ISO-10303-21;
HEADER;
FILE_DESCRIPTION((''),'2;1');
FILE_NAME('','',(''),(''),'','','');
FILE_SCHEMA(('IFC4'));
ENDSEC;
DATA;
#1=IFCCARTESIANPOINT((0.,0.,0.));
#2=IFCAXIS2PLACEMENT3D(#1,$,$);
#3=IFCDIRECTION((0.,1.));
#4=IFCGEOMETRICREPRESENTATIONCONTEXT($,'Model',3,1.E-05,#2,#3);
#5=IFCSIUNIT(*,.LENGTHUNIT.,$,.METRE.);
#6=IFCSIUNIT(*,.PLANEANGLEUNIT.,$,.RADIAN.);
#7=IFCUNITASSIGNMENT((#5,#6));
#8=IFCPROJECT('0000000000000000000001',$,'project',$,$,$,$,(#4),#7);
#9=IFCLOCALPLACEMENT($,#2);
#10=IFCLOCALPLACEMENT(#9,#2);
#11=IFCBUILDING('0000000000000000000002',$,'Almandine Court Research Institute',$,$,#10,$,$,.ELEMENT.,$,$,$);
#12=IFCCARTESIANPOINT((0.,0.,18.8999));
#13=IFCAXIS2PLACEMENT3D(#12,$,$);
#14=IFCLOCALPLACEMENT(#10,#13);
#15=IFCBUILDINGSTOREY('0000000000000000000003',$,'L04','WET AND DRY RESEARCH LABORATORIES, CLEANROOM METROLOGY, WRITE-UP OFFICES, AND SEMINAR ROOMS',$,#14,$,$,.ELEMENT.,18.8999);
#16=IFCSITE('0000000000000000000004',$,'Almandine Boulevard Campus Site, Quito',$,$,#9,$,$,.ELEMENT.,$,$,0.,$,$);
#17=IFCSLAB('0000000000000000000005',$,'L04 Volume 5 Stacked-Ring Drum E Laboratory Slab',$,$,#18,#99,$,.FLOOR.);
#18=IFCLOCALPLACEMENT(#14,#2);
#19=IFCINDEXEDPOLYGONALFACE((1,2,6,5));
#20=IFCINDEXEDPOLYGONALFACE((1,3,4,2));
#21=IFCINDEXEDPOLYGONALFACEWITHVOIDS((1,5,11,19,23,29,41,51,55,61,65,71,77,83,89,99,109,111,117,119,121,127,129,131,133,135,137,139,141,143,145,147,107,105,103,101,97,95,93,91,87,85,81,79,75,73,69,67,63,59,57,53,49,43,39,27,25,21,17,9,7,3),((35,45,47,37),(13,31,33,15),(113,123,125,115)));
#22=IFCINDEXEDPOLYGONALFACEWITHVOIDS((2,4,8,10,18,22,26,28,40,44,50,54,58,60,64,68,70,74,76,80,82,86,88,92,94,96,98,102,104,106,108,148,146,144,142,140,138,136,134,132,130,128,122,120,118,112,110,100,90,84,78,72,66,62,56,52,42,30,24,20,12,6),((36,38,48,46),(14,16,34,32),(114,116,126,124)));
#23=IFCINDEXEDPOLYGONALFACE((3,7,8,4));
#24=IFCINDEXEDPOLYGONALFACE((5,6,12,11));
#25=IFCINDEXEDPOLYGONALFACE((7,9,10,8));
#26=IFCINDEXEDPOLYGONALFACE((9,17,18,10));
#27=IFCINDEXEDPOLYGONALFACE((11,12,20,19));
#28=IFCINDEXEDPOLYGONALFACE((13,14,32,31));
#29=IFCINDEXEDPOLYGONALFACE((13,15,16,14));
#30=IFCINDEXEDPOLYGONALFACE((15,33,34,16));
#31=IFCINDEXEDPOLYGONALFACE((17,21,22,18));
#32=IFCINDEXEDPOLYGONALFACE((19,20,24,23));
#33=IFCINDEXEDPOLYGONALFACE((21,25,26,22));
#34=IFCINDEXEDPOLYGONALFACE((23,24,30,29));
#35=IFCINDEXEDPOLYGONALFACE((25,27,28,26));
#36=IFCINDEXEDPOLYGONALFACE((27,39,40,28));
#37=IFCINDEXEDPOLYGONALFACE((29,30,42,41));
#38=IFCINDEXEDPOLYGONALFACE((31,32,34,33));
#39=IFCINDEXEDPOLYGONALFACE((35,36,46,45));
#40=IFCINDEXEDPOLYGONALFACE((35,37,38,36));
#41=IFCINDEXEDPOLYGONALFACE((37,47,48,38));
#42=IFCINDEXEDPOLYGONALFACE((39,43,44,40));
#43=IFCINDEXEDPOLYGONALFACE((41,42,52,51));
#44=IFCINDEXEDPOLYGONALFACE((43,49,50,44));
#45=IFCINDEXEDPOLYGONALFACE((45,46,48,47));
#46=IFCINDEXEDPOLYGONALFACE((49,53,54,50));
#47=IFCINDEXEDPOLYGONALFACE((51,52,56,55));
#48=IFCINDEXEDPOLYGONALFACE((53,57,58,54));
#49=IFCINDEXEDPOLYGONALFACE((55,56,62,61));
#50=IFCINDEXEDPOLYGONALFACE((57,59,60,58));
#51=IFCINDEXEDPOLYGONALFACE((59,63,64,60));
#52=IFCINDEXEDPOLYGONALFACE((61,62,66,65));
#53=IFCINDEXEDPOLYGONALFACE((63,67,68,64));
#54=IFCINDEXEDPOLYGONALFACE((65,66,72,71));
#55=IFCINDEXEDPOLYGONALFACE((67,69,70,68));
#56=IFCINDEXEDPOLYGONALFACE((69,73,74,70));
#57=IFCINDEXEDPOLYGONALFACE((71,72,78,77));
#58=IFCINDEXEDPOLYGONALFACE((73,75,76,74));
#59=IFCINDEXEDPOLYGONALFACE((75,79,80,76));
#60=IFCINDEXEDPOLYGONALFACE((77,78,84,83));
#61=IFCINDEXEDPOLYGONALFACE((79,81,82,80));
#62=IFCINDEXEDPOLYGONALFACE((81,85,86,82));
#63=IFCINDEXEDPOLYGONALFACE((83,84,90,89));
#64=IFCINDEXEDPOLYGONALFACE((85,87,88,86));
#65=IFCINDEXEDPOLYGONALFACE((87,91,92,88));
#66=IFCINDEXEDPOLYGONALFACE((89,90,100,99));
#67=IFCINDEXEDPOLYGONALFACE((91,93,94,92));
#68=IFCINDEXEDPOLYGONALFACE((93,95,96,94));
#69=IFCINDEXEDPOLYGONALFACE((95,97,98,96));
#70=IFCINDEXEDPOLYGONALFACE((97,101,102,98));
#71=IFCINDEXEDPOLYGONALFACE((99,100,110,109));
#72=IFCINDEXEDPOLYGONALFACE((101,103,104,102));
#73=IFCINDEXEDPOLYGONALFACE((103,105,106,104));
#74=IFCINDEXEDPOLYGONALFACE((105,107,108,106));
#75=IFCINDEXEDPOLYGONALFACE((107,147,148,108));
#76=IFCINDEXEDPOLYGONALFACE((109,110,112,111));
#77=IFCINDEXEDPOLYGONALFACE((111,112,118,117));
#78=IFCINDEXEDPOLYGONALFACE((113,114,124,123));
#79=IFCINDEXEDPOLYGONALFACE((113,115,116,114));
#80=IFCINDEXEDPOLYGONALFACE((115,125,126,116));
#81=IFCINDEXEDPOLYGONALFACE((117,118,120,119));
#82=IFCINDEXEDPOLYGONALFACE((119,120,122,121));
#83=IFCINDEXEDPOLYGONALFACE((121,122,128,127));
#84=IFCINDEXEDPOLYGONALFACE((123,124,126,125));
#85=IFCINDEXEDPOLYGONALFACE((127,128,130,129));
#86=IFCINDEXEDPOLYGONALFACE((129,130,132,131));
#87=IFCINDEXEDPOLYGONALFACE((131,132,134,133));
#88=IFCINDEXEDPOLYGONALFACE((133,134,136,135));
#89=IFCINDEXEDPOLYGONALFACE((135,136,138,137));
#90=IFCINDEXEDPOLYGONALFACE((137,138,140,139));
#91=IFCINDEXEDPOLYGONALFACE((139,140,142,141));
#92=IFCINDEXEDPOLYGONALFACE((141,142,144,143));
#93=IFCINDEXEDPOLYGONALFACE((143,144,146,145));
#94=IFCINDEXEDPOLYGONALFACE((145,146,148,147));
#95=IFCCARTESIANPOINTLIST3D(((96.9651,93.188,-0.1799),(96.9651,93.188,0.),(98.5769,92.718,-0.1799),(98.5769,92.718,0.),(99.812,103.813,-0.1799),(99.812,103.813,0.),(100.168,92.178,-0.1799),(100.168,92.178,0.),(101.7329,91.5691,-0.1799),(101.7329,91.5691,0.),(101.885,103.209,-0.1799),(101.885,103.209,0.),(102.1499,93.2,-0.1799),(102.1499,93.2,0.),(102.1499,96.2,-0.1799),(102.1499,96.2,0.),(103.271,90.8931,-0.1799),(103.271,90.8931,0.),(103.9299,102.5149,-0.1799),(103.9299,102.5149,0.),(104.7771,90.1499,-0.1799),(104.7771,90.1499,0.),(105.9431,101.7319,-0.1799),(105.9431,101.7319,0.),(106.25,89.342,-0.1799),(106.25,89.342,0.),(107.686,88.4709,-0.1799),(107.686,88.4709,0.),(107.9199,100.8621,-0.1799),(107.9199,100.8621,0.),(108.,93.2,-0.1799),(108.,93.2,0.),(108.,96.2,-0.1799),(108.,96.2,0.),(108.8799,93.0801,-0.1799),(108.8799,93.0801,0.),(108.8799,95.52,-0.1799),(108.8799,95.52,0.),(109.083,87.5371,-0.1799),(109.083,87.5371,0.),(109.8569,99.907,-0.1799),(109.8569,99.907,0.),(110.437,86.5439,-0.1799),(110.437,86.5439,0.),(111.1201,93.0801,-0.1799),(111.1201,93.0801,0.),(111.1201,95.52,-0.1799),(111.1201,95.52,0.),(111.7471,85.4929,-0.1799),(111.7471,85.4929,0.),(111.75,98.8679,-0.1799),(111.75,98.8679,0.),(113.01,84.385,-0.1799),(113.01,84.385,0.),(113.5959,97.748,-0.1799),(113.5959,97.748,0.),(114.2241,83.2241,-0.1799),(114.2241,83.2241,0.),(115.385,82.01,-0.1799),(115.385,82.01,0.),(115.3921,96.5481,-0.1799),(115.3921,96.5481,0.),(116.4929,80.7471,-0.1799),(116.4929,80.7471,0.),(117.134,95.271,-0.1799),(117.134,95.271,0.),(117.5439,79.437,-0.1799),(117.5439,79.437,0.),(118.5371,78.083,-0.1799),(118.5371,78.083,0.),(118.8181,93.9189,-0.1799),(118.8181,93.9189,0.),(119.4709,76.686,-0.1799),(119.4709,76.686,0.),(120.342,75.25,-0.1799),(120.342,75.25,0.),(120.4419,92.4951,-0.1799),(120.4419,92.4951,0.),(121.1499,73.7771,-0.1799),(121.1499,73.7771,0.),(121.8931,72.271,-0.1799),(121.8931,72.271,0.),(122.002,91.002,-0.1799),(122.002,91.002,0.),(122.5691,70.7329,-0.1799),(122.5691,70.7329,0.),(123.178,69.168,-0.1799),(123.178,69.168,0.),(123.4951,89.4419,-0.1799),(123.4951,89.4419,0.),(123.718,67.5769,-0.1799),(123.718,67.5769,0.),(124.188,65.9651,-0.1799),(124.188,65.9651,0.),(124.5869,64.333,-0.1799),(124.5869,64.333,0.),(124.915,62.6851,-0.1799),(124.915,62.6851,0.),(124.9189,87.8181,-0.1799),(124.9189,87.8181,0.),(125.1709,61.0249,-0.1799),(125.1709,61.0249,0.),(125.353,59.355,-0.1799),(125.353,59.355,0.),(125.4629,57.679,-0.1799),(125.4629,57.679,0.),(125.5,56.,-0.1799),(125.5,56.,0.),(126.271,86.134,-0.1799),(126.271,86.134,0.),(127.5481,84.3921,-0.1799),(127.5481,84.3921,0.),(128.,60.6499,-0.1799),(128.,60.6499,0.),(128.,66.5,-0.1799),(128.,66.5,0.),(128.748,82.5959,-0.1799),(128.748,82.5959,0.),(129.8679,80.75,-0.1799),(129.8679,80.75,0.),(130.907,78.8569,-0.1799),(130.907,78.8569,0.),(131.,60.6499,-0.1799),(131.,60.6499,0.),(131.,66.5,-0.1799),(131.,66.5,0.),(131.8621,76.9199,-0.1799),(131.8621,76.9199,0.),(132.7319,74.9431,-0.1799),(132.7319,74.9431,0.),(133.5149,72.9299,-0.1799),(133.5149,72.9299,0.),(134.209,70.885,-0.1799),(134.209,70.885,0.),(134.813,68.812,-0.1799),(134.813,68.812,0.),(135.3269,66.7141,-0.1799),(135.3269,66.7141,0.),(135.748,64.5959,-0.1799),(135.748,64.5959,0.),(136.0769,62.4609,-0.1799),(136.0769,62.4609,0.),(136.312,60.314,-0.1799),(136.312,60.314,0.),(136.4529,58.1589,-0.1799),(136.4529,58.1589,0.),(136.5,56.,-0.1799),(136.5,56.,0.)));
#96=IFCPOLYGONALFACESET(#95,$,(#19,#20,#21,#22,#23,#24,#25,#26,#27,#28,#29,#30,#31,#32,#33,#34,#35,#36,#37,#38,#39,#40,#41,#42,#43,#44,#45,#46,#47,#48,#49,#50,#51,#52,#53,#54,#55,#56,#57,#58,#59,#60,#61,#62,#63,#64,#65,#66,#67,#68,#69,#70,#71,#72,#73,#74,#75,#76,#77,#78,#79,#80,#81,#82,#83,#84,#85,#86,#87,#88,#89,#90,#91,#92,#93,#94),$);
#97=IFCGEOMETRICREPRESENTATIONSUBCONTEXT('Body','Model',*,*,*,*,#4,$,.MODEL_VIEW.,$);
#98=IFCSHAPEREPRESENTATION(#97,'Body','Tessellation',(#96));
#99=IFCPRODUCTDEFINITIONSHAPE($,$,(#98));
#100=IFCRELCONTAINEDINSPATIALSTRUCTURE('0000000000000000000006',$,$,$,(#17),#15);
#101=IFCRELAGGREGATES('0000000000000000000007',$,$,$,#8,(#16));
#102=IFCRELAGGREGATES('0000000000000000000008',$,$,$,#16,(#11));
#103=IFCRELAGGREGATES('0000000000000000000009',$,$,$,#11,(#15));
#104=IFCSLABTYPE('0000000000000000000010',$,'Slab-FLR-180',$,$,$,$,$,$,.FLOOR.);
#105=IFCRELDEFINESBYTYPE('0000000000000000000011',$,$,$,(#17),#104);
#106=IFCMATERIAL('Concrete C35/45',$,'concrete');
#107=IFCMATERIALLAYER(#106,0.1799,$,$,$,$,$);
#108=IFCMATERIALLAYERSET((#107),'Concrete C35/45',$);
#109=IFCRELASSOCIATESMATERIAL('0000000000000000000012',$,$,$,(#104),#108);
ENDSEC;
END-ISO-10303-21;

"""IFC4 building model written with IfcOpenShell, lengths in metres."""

from ifc_helpers import new_model, si_unit, direction, frame, origin, place, context, subcontext, project, spatial, polyline, outline, extrude, material, layer, layer_set, type_object, element, save


model = new_model("IFC4")

# Units and contexts
model_context = context("Model", 3, precision=1e-05, world=origin(), true_north=direction((0.0, 1.0)))
body_context = subcontext(model_context, "Body", "Model", "MODEL_VIEW")
ifc_project = project(units=[si_unit("LENGTHUNIT", "METRE"), si_unit("PLANEANGLEUNIT", "RADIAN")], contexts=[model_context])

# Site, building, storey
site_placement = place(None, origin())
site = spatial("IfcSite", under=ifc_project, at=site_placement, Name="Almandine Boulevard Campus Site, Quito", CompositionType="ELEMENT", RefElevation=0.0)
building_placement = place(site_placement, origin())
building = spatial("IfcBuilding", under=site, at=building_placement, Name="Almandine Court Research Institute", CompositionType="ELEMENT")
storey_placement = place(building_placement, frame((0.0, 0.0, 18.8999)))
storey = spatial("IfcBuildingStorey", under=building, at=storey_placement, Name="L04", Description="WET AND DRY RESEARCH LABORATORIES, CLEANROOM METROLOGY, WRITE-UP OFFICES, AND SEMINAR ROOMS", CompositionType="ELEMENT", Elevation=18.8999)

# Slab
ifc_material_1 = material(Name="Concrete C35/45", Category="concrete")
ifc_layer_1 = layer(ifc_material_1, 0.1799)
ifc_layer_set_1 = layer_set([ifc_layer_1], Name="Concrete C35/45")
slab_type_1 = type_object("IfcSlabType", Name="Slab-FLR-180", PredefinedType="FLOOR", material=ifc_layer_set_1)
slab_1_placement = place(storey_placement, frame((0.0, 0.0, -0.1799)))
element("IfcSlab", 1, at=slab_1_placement, inside=storey, type_object=slab_type_1, Name="L04 Volume 5 Stacked-Ring Drum E Laboratory Slab", PredefinedType="FLOOR", context=body_context, shape_type="SweptSolid", body=[
    extrude(outline(polyline([(136.5, 56.0), (136.4529, 58.1589), (136.312, 60.314), (136.0769, 62.4609), (135.748, 64.5959), (135.3269, 66.7141), (134.813, 68.812), (134.209, 70.885), (133.5149, 72.9299), (132.7319, 74.9431), (131.8621, 76.9199), (130.907, 78.8569), (129.8679, 80.75), (128.748, 82.5959), (127.5481, 84.3921), (126.271, 86.134), (124.9189, 87.8181), (123.4951, 89.4419), (122.002, 91.002), (120.4419, 92.4951), (118.8181, 93.9189), (117.134, 95.271), (115.3921, 96.5481), (113.5959, 97.748), (111.75, 98.8679), (109.8569, 99.907), (107.9199, 100.8621), (105.9431, 101.7319), (103.9299, 102.5149), (101.885, 103.209), (99.812, 103.813), (96.9651, 93.188), (98.5769, 92.718), (100.168, 92.178), (101.7329, 91.5691), (103.271, 90.8931), (104.7771, 90.1499), (106.25, 89.342), (107.686, 88.4709), (109.083, 87.5371), (110.437, 86.5439), (111.7471, 85.4929), (113.01, 84.385), (114.2241, 83.2241), (115.385, 82.01), (116.4929, 80.7471), (117.5439, 79.437), (118.5371, 78.083), (119.4709, 76.686), (120.342, 75.25), (121.1499, 73.7771), (121.8931, 72.271), (122.5691, 70.7329), (123.178, 69.168), (123.718, 67.5769), (124.188, 65.9651), (124.5869, 64.333), (124.915, 62.6851), (125.1709, 61.0249), (125.353, 59.355), (125.4629, 57.679), (125.5, 56.0), (136.5, 56.0)]), holes=[polyline([(102.1499, 93.2), (108.0, 93.2), (108.0, 96.2), (102.1499, 96.2), (102.1499, 93.2)]), polyline([(131.0, 60.6499), (131.0, 66.5), (128.0, 66.5), (128.0, 60.6499), (131.0, 60.6499)]), polyline([(108.8799, 93.0801), (111.1201, 93.0801), (111.1201, 95.52), (108.8799, 95.52), (108.8799, 93.0801)])]), origin(), (0.0, 0.0, 1.0), 0.1799),
])

save(model, "model.ifc")
